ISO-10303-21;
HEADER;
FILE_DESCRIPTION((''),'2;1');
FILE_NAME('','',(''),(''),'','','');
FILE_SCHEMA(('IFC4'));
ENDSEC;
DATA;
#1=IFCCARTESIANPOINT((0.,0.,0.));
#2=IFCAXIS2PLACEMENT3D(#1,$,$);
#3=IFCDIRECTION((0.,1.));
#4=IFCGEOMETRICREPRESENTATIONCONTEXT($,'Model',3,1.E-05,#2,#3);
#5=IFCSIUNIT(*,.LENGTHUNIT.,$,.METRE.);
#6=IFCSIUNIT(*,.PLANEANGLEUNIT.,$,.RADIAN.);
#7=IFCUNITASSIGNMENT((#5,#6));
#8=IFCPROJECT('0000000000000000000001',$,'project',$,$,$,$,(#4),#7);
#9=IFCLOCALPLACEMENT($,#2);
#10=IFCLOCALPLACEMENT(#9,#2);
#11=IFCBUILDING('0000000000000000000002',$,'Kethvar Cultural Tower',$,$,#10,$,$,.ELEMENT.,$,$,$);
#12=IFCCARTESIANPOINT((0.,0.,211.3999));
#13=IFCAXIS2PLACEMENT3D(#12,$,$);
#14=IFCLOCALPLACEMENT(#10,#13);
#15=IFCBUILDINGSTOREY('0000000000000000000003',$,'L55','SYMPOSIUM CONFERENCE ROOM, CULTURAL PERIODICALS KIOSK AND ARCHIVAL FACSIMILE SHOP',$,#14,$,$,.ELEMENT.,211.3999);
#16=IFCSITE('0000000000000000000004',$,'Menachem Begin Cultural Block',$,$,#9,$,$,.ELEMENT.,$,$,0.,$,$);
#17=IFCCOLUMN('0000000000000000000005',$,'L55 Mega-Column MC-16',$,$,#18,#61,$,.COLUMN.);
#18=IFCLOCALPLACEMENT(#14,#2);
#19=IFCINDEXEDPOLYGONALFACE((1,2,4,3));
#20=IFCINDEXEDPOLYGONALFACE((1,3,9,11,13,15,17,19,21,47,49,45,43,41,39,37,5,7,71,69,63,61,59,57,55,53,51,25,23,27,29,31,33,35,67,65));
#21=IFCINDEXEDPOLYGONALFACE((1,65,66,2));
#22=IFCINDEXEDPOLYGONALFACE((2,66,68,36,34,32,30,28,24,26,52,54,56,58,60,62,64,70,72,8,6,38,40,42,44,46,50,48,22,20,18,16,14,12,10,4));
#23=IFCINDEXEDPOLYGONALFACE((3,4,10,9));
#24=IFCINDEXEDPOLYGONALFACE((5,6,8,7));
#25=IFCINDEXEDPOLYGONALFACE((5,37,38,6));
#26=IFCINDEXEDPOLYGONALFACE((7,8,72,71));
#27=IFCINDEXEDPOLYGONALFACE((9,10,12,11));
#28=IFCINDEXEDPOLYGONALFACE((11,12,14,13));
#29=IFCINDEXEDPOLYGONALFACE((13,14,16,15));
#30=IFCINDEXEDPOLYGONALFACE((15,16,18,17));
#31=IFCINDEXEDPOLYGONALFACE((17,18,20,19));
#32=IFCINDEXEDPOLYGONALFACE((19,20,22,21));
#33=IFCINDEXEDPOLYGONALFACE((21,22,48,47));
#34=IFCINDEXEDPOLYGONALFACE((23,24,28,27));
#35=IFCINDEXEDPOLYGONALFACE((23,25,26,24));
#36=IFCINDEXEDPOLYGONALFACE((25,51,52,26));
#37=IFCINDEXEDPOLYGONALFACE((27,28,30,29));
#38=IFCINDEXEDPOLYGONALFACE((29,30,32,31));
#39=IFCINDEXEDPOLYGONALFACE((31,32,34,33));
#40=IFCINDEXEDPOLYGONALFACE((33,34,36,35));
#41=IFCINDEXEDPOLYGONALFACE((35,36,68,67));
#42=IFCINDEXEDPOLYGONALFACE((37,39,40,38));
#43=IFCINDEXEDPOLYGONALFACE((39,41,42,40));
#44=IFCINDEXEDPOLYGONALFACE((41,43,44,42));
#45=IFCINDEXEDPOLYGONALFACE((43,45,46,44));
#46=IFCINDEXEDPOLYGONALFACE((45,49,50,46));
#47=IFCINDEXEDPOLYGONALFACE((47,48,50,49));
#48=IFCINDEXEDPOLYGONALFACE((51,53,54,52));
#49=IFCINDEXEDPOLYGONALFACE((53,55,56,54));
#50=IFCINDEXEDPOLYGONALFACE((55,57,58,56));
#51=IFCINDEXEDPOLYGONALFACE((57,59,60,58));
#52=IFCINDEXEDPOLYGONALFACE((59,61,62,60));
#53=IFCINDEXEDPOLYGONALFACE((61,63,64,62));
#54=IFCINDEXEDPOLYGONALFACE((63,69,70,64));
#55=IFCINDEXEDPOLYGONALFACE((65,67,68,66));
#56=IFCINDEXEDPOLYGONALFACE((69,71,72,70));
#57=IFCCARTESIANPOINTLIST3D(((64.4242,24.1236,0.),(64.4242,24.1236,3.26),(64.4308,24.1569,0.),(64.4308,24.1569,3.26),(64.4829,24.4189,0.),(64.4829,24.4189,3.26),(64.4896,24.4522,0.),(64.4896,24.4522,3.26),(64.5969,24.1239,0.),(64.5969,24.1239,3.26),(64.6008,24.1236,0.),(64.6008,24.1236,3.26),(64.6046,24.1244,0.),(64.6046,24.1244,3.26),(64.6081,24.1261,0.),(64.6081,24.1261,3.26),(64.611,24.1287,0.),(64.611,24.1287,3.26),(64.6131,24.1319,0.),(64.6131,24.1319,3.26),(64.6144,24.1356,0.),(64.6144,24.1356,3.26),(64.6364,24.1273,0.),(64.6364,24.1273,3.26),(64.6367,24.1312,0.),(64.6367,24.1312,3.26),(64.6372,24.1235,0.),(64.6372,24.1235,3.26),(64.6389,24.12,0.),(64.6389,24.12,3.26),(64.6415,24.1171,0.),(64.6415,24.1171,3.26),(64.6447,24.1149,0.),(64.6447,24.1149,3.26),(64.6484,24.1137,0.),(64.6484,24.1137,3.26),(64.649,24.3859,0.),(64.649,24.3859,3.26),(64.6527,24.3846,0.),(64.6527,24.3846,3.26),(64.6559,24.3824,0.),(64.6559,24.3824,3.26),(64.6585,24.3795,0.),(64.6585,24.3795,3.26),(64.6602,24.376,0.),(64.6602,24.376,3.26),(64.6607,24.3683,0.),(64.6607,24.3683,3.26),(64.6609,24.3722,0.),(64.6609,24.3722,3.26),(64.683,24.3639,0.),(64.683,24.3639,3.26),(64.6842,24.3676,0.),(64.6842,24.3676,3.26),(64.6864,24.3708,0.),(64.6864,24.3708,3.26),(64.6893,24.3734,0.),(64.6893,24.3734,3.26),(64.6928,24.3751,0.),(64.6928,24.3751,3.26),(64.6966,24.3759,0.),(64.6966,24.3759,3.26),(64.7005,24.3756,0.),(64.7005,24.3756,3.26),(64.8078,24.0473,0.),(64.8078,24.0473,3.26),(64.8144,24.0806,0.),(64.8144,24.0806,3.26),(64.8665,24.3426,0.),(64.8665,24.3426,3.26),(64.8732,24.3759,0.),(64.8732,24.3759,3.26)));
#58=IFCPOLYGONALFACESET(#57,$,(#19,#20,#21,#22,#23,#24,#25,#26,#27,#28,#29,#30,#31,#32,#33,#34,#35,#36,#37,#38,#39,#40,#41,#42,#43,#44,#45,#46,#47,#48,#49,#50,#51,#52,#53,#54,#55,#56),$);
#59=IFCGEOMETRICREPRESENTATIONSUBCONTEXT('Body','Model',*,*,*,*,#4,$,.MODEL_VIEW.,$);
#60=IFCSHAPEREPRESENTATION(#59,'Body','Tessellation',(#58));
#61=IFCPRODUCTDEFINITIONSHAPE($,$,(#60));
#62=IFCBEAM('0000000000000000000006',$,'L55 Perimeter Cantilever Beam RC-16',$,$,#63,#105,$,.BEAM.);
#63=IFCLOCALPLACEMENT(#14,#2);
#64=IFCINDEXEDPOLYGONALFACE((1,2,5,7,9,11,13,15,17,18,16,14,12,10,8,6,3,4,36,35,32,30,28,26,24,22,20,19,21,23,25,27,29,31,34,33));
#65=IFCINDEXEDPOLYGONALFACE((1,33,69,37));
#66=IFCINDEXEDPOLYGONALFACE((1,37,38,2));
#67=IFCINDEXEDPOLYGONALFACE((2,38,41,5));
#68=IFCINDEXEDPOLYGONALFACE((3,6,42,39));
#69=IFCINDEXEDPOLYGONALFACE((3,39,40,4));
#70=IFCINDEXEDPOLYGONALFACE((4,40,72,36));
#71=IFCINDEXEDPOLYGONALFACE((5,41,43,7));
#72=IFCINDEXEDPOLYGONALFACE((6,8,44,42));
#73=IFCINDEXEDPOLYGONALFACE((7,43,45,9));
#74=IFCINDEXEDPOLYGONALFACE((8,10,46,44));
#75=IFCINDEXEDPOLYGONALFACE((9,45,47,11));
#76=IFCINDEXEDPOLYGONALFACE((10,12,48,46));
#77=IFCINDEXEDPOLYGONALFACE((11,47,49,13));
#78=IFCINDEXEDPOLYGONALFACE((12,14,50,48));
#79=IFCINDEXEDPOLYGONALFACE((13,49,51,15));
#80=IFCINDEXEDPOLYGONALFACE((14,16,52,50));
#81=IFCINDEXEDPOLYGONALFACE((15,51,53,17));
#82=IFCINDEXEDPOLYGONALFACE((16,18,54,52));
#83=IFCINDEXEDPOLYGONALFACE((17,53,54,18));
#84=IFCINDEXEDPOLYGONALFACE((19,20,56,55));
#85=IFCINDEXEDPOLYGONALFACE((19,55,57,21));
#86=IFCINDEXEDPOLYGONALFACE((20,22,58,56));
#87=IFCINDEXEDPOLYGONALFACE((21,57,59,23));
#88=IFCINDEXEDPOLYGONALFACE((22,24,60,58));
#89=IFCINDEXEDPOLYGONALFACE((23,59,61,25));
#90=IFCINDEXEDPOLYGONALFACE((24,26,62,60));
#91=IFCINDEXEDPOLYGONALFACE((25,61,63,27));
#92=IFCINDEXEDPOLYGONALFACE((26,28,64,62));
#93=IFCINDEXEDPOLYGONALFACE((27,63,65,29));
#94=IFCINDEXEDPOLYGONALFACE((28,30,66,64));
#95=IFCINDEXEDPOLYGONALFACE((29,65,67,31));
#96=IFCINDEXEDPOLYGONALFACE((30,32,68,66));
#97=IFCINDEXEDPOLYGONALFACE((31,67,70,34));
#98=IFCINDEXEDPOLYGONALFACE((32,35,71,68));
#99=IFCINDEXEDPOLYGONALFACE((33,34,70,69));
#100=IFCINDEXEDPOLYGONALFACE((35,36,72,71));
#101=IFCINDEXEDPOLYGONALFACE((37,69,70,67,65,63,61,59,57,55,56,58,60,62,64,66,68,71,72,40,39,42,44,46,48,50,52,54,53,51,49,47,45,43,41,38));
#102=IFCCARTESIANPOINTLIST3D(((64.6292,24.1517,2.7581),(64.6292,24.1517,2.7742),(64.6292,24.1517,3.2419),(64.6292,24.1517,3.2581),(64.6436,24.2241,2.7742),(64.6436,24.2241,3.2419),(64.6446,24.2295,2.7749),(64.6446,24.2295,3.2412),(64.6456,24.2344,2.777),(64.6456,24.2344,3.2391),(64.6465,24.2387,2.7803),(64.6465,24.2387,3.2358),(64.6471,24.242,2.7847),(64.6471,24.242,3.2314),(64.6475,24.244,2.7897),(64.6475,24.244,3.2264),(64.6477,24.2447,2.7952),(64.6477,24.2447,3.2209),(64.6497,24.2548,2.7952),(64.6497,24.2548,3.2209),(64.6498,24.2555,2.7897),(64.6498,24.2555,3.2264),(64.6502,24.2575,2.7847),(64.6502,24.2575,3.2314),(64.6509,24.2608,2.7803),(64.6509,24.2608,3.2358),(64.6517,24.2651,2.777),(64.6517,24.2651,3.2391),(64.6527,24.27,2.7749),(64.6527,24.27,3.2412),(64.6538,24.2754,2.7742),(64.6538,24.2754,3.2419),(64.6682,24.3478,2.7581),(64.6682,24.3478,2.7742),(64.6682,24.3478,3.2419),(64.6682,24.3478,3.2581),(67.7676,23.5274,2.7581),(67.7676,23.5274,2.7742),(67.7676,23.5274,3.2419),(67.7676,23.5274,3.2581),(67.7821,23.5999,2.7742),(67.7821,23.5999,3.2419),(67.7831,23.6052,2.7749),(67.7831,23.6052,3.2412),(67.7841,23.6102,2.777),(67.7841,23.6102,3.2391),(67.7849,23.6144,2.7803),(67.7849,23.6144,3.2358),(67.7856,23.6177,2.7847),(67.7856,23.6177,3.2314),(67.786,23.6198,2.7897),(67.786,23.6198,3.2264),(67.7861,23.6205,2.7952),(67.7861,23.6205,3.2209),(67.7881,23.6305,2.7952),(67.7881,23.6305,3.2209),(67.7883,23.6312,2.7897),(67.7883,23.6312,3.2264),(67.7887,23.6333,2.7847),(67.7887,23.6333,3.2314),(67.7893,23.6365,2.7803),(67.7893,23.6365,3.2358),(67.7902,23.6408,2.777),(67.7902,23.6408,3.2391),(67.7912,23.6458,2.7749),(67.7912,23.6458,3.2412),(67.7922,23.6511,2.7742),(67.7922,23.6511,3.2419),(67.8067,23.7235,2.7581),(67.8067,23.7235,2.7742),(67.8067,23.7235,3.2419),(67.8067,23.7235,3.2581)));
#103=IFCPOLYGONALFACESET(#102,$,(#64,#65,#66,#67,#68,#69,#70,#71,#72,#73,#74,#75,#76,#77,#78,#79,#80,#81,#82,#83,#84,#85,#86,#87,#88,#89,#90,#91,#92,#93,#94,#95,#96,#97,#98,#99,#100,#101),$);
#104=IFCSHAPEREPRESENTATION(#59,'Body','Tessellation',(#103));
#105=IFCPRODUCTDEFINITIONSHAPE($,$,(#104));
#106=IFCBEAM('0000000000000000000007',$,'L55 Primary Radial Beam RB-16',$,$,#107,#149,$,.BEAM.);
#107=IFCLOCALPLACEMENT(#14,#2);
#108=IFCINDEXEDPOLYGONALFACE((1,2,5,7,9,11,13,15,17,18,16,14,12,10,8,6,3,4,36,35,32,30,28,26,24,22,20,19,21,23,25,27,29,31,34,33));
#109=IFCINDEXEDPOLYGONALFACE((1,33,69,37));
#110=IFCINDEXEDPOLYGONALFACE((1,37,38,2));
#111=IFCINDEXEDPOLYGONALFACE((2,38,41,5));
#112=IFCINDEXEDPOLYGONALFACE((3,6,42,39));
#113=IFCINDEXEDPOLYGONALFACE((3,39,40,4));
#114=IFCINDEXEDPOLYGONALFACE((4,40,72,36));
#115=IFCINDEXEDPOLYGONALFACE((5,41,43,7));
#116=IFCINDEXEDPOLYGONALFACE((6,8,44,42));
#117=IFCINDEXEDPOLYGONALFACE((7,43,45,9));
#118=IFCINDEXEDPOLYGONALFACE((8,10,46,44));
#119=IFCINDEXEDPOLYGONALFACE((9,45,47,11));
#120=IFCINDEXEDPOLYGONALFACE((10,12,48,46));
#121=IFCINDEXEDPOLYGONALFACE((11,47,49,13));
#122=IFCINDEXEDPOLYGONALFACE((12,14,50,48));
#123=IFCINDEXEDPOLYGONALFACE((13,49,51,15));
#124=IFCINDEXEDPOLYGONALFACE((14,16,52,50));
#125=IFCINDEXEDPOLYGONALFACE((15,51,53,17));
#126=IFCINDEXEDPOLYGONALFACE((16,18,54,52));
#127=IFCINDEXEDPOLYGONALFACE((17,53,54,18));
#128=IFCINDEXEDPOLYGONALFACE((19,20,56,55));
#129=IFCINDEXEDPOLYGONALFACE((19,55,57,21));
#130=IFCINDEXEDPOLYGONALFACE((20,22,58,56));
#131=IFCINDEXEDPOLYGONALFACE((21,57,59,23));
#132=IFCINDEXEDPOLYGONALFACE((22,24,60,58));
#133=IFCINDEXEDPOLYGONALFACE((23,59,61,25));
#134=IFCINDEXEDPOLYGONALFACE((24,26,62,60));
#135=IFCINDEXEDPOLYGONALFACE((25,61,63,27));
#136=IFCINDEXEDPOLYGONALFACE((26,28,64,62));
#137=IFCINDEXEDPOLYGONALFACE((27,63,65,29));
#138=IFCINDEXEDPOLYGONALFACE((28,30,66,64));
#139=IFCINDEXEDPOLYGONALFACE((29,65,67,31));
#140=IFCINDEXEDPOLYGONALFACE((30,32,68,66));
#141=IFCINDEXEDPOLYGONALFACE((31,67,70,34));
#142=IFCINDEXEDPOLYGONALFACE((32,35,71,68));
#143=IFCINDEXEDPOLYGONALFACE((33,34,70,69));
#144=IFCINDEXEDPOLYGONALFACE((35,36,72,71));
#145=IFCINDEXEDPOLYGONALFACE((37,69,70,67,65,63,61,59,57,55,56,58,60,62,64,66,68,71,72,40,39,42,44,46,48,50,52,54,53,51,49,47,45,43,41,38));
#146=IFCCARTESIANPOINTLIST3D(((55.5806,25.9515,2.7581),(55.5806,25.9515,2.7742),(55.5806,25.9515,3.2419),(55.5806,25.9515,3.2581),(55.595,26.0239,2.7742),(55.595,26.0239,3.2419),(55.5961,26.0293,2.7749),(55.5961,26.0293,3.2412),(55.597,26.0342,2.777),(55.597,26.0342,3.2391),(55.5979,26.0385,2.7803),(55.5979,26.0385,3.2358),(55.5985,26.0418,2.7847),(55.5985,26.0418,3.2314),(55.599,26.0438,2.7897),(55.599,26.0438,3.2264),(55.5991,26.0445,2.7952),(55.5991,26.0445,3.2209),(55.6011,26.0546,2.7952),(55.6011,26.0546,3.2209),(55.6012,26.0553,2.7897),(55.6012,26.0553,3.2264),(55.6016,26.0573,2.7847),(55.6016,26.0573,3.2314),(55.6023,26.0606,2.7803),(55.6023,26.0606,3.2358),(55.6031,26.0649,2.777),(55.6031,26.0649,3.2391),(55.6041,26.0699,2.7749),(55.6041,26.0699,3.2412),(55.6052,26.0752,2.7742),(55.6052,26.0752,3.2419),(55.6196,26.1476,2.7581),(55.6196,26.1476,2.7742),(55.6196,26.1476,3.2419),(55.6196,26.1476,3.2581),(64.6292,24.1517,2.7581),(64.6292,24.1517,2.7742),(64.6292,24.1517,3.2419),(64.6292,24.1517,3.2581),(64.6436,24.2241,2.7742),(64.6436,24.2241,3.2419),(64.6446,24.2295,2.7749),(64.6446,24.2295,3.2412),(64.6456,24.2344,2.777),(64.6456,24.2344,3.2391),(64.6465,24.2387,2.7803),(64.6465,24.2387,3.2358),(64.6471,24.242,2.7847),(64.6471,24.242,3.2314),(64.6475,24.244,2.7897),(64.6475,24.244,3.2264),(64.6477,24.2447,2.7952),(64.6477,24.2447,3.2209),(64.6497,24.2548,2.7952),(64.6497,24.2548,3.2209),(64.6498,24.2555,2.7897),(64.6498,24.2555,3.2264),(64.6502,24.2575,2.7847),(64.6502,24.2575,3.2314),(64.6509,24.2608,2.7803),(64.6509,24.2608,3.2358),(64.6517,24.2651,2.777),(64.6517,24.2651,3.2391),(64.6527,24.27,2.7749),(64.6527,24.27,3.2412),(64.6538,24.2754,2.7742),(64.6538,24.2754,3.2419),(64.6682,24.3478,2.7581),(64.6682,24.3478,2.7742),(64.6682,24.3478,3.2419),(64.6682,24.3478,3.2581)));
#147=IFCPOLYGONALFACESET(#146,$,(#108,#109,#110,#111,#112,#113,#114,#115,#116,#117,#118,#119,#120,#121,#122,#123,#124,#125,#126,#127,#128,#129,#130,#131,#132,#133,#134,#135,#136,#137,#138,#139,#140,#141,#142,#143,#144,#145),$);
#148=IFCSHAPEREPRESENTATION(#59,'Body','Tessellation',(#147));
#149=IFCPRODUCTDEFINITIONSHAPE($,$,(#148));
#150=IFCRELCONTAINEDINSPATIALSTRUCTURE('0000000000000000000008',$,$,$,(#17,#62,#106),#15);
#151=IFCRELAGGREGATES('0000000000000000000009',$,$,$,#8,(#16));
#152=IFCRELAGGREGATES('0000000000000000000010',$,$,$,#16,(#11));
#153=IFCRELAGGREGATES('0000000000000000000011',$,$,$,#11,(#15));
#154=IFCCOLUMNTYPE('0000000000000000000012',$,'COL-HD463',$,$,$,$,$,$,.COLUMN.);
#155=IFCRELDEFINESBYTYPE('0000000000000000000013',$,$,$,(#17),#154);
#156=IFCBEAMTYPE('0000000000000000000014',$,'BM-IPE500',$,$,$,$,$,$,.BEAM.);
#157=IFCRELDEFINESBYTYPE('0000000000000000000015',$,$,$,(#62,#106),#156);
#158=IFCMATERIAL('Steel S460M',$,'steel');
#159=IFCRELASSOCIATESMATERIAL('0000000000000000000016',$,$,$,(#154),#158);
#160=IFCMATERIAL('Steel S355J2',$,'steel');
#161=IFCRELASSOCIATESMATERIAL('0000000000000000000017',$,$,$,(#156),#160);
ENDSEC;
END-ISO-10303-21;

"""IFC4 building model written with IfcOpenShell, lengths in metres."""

from ifc_helpers import new_model, si_unit, direction, frame, origin, origin_2d, place, context, subcontext, project, spatial, i_section, extrude, source, transform, mapped, material, material_profile, profile_set, type_object, element, save


model = new_model("IFC4")

# Units and contexts
model_context = context("Model", 3, precision=1e-05, world=origin(), true_north=direction((0.0, 1.0)))
body_context = subcontext(model_context, "Body", "Model", "MODEL_VIEW")
ifc_project = project(units=[si_unit("LENGTHUNIT", "METRE"), si_unit("PLANEANGLEUNIT", "RADIAN")], contexts=[model_context])

# Site, building, storey
site_placement = place(None, origin())
site = spatial("IfcSite", under=ifc_project, at=site_placement, Name="Menachem Begin Cultural Block", CompositionType="ELEMENT", RefElevation=0.0)
building_placement = place(site_placement, origin())
building = spatial("IfcBuilding", under=site, at=building_placement, Name="Kethvar Cultural Tower", CompositionType="ELEMENT")
storey_placement = place(building_placement, frame((0.0, 0.0, 211.3999)))
storey = spatial("IfcBuildingStorey", under=building, at=storey_placement, Name="L55", Description="SYMPOSIUM CONFERENCE ROOM, CULTURAL PERIODICALS KIOSK AND ARCHIVAL FACSIMILE SHOP", CompositionType="ELEMENT", Elevation=211.3999)

# Column
ifc_material_1 = material(Name="Steel S460M", Category="steel")
ifc_material_profile_1 = material_profile(ifc_material_1, i_section(OverallWidth=0.3911, OverallDepth=0.335, WebThickness=0.0227, FlangeThickness=0.0339, FilletRadius=0.0149, at=origin_2d()), Name="Steel S460M — HD400x463")
ifc_profile_set_1 = profile_set([ifc_material_profile_1], Name="Steel S460M — HD400x463")
column_type = type_object("IfcColumnType", Name="COL-HD463", PredefinedType="COLUMN", material=ifc_profile_set_1)
shared_shape_1 = source(origin(), body_context, "Body", "SweptSolid", [
    extrude(i_section(OverallWidth=0.3911, OverallDepth=0.335, WebThickness=0.0227, FlangeThickness=0.0339, FilletRadius=0.0149, at=origin_2d()), origin(), (0.0, 0.0, 1.0), 3.26),
])
column_placement = place(storey_placement, frame((64.6487, 24.2498, 0.0), z_axis=(0.0, 0.0, 1.0), x_axis=(0.980785, -0.19509, 0.0)))
element("IfcColumn", 1, at=column_placement, inside=storey, type_object=column_type, Name="L55 Mega-Column MC-16", PredefinedType="COLUMN", context=body_context, shape_type="MappedRepresentation", body=[
    mapped(shared_shape_1, transform((0.0, 0.0, 0.0), scale=1.0)),
])

# Beams
ifc_material_2 = material(Name="Steel S355J2", Category="steel")
ifc_material_profile_2 = material_profile(ifc_material_2, i_section(OverallWidth=0.2, OverallDepth=0.5, WebThickness=0.0103, FlangeThickness=0.0161, FilletRadius=0.021, at=origin_2d()), Name="Steel S355J2 — IPE500")
ifc_profile_set_2 = profile_set([ifc_material_profile_2], Name="Steel S355J2 — IPE500")
beam_type_1 = type_object("IfcBeamType", Name="BM-IPE500", PredefinedType="BEAM", material=ifc_profile_set_2)
shared_shape_2 = source(origin(), body_context, "Body", "SweptSolid", [
    extrude(i_section(OverallWidth=0.2, OverallDepth=0.5, WebThickness=0.0103, FlangeThickness=0.0161, FilletRadius=0.021, at=origin_2d()), origin(), (0.0, 0.0, 1.0), 3.2),
])
beam_1_placement = place(storey_placement, frame((64.6487, 24.2498, 3.0081), z_axis=(0.980786, -0.195089, 0.0), x_axis=(0.195089, 0.980786, 0.0)))
element("IfcBeam", 2, at=beam_1_placement, inside=storey, type_object=beam_type_1, Name="L55 Perimeter Cantilever Beam RC-16", PredefinedType="BEAM", context=body_context, shape_type="MappedRepresentation", body=[
    mapped(shared_shape_2, transform((0.0, 0.0, 0.0), scale=1.0)),
])
shared_shape_3 = source(origin(), body_context, "Body", "SweptSolid", [
    extrude(i_section(OverallWidth=0.2, OverallDepth=0.5, WebThickness=0.0103, FlangeThickness=0.0161, FilletRadius=0.021, at=origin_2d()), origin(), (0.0, 0.0, 1.0), 9.2258),
])
beam_2_placement = place(storey_placement, frame((55.6001, 26.0496, 3.0081), z_axis=(0.980787, -0.195083, 0.0), x_axis=(0.195083, 0.980787, 0.0)))
element("IfcBeam", 3, at=beam_2_placement, inside=storey, type_object=beam_type_1, Name="L55 Primary Radial Beam RB-16", PredefinedType="BEAM", context=body_context, shape_type="MappedRepresentation", body=[
    mapped(shared_shape_3, transform((0.0, 0.0, 0.0), scale=1.0)),
])

save(model, "model.ifc")
